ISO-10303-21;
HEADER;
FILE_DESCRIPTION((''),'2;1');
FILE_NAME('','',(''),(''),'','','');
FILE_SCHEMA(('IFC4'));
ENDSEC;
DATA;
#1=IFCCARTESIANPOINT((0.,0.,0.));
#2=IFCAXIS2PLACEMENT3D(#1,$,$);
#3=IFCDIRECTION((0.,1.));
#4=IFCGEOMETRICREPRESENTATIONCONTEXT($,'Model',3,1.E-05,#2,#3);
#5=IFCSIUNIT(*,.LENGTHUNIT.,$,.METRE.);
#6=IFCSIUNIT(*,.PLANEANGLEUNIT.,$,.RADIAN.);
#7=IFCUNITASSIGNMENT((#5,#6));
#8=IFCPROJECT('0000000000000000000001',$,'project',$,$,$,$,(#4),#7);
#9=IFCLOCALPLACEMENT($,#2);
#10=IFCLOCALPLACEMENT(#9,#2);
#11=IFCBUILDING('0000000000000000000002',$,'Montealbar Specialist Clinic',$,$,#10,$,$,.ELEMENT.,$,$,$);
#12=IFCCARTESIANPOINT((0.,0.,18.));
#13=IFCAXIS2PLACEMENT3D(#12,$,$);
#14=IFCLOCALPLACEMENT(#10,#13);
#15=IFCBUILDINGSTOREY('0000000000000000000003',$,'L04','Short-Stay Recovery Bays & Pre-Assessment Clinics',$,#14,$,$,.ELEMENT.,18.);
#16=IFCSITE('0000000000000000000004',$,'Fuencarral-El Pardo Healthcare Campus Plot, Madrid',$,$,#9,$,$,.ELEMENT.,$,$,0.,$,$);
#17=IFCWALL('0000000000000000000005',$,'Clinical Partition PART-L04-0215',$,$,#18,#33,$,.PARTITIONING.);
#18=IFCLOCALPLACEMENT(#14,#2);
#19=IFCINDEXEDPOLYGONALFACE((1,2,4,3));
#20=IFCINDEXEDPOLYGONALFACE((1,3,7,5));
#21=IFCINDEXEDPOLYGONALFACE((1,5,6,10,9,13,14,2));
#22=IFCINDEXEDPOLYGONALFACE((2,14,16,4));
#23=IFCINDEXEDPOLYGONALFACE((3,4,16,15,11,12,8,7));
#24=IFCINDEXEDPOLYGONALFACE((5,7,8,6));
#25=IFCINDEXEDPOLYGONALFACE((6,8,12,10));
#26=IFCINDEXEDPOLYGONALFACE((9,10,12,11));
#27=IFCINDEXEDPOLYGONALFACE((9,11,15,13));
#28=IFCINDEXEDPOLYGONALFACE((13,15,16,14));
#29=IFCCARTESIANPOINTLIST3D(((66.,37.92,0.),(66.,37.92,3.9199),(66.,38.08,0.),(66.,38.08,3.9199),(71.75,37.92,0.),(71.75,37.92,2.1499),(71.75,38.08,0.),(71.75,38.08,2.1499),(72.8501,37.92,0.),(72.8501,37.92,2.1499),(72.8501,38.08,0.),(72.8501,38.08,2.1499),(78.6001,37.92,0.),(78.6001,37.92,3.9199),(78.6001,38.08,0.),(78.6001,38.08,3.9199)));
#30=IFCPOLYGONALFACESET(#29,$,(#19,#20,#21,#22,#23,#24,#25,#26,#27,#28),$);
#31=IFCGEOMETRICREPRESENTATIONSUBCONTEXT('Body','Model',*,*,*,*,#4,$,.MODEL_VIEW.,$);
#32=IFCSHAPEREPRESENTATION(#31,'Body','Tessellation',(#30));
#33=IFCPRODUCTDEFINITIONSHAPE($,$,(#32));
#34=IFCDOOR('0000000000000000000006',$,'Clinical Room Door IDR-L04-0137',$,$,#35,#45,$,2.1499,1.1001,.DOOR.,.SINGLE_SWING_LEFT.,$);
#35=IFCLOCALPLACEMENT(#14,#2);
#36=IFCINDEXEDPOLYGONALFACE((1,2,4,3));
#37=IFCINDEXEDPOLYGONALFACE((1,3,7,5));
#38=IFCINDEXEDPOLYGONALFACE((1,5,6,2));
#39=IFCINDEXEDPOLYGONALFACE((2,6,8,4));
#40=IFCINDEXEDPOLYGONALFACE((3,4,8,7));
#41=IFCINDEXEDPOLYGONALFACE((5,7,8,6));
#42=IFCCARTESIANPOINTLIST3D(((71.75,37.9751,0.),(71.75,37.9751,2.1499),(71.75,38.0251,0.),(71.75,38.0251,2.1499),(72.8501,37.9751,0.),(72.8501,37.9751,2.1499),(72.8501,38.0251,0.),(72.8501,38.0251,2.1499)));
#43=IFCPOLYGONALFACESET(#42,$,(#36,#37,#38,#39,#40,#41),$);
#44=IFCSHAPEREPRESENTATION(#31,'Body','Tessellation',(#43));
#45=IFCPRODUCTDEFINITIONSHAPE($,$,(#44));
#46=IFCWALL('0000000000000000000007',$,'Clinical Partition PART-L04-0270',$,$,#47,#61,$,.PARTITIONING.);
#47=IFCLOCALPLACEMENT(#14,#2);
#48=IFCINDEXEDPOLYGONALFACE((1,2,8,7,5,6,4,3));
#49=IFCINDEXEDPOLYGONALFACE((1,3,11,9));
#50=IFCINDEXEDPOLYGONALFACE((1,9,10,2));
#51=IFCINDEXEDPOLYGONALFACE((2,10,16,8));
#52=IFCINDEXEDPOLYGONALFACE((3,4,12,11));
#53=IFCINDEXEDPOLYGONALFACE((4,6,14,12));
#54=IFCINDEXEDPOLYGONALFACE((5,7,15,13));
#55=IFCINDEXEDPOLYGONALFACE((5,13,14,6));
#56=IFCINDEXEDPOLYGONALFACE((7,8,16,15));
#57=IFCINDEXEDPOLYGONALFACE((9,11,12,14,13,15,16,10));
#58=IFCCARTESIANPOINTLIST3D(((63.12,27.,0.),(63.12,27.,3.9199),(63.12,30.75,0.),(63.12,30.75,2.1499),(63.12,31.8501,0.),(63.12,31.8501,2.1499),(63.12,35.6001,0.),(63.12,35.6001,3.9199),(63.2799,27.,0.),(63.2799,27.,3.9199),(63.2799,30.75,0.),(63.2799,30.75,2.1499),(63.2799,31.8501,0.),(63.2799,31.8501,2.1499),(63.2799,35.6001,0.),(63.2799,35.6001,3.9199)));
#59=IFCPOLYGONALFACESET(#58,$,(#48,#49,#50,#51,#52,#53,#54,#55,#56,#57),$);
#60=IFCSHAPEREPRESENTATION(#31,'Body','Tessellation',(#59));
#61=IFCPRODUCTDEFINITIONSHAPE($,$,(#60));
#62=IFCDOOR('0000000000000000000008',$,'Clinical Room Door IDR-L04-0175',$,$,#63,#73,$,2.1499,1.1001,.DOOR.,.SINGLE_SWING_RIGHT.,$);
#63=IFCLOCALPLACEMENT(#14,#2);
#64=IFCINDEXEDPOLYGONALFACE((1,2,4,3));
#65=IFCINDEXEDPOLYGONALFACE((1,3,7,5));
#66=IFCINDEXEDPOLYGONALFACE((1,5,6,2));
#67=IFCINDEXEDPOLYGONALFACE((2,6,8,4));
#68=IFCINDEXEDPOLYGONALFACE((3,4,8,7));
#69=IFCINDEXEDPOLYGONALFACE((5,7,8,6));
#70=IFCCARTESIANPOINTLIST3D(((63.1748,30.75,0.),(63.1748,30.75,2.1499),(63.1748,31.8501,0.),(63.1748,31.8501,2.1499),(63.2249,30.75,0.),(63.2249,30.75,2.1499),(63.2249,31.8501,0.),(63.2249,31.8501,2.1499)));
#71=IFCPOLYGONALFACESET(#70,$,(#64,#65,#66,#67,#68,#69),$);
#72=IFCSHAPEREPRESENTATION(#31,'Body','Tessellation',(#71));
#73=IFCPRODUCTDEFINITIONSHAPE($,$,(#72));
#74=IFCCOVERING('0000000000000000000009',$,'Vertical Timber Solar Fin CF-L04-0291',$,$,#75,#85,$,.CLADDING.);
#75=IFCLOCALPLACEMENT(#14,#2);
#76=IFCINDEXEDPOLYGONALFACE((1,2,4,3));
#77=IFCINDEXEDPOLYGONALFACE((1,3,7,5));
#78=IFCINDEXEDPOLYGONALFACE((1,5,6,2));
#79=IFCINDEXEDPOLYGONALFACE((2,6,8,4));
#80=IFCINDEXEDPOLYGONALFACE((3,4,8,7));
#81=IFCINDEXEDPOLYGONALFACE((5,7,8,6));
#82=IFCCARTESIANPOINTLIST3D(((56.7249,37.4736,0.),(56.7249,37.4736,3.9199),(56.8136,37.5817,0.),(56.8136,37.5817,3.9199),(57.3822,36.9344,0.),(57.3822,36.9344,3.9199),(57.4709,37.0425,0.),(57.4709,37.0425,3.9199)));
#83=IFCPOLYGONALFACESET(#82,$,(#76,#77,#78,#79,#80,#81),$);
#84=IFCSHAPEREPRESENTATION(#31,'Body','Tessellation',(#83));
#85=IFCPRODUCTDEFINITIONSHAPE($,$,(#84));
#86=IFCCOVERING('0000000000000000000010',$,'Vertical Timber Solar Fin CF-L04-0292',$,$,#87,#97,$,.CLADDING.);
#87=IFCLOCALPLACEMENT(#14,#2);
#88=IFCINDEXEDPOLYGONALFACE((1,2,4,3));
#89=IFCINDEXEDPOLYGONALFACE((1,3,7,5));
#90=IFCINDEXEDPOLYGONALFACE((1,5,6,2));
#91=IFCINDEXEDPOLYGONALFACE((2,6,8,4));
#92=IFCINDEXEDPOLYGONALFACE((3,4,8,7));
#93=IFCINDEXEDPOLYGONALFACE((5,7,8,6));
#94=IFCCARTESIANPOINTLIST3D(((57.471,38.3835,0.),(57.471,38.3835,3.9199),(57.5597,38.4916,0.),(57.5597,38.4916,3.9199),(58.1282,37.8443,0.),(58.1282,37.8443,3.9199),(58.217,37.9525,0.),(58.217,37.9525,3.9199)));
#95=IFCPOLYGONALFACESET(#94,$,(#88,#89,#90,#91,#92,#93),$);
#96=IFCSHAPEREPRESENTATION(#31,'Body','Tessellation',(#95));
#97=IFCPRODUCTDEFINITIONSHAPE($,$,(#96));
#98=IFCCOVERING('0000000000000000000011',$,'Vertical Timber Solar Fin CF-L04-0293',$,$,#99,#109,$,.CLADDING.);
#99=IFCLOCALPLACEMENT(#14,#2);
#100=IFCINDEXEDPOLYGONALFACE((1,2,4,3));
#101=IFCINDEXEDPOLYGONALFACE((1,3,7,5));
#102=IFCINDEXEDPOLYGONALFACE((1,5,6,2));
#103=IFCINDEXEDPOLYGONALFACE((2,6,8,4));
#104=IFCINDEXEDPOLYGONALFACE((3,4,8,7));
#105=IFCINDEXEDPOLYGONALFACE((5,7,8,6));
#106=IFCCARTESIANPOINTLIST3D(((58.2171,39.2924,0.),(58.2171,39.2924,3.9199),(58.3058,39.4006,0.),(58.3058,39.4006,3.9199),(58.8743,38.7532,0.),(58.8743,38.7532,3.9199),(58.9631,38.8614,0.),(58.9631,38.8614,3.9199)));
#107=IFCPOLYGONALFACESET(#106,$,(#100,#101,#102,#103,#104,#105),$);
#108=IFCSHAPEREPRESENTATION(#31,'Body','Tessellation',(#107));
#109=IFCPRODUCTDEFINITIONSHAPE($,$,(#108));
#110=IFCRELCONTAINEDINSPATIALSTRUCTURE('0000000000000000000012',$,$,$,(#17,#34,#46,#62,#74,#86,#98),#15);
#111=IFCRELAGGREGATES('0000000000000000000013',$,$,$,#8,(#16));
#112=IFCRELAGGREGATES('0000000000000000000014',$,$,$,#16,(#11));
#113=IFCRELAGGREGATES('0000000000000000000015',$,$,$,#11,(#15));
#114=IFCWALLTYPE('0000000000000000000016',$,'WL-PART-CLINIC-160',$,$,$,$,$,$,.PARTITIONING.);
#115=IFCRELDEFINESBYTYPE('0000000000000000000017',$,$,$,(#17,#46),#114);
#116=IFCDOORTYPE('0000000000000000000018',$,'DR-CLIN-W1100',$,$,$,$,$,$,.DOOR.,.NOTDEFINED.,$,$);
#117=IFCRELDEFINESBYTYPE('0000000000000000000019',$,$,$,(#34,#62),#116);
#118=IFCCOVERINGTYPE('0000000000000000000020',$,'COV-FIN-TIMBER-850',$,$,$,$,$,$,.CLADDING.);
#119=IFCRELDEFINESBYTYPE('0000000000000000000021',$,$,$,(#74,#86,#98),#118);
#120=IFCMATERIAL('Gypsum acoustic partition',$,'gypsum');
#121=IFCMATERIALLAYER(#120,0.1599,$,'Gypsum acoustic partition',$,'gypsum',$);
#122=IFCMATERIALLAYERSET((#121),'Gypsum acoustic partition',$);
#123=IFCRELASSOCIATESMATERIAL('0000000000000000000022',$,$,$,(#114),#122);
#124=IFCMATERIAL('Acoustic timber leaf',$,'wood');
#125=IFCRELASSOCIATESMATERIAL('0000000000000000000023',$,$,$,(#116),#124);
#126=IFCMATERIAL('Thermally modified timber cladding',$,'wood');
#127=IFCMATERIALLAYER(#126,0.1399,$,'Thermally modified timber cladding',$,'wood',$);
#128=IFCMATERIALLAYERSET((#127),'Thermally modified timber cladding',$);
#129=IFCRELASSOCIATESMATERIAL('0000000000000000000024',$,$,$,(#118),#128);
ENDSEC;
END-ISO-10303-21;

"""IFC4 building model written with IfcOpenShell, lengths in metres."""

from ifc_helpers import new_model, si_unit, direction, frame, frame_2d, origin, origin_2d, place, context, subcontext, project, spatial, rectangle, extrude, material, layer, layer_set, type_object, element, fill, save


model = new_model("IFC4")

# Units and contexts
model_context = context("Model", 3, precision=1e-05, world=origin(), true_north=direction((0.0, 1.0)))
body_context = subcontext(model_context, "Body", "Model", "MODEL_VIEW")
ifc_project = project(units=[si_unit("LENGTHUNIT", "METRE"), si_unit("PLANEANGLEUNIT", "RADIAN")], contexts=[model_context])

# Site, building, storey
site_placement = place(None, origin())
site = spatial("IfcSite", under=ifc_project, at=site_placement, Name="Fuencarral-El Pardo Healthcare Campus Plot, Madrid", CompositionType="ELEMENT", RefElevation=0.0)
building_placement = place(site_placement, origin())
building = spatial("IfcBuilding", under=site, at=building_placement, Name="Montealbar Specialist Clinic", CompositionType="ELEMENT")
storey_placement = place(building_placement, frame((0.0, 0.0, 18.0)))
storey = spatial("IfcBuildingStorey", under=building, at=storey_placement, Name="L04", Description="Short-Stay Recovery Bays & Pre-Assessment Clinics", CompositionType="ELEMENT", Elevation=18.0)

# Walls, openings, doors
ifc_material_1 = material(Name="Gypsum acoustic partition", Category="gypsum")
ifc_layer_1 = layer(ifc_material_1, 0.1599, Name="Gypsum acoustic partition", Category="gypsum")
ifc_layer_set_1 = layer_set([ifc_layer_1], Name="Gypsum acoustic partition")
wall_type_1 = type_object("IfcWallType", Name="WL-PART-CLINIC-160", PredefinedType="PARTITIONING", material=ifc_layer_set_1)
wall_1_placement = place(storey_placement, frame((66.0, 38.0, 0.0), z_axis=(0.0, 0.0, 1.0), x_axis=(1.0, 0.0, 0.0)))
wall_1 = element("IfcWall", 1, at=wall_1_placement, inside=storey, type_object=wall_type_1, Name="Clinical Partition PART-L04-0215", PredefinedType="PARTITIONING", context=body_context, shape_type="SweptSolid", body=[
    extrude(rectangle(XDim=12.6001, YDim=0.1599, at=frame_2d((6.3, 0.0))), origin(), (0.0, 0.0, 1.0), 3.9199),
])
opening_1_placement = place(wall_1_placement, frame((5.75, 0.0, 0.0)))
opening_1 = element("IfcOpeningElement", 2, at=opening_1_placement, cuts=wall_1, PredefinedType="OPENING", context=body_context, shape_type="SweptSolid", body=[
    extrude(rectangle(XDim=1.1001, YDim=2.1499, at=frame_2d((0.55, 1.075))), frame((0.0, 0.0898, 0.0), z_axis=(0.0, -1.0, 0.0), x_axis=(1.0, 0.0, 0.0)), (0.0, 0.0, 1.0), 0.1799),
])
ifc_material_2 = material(Name="Acoustic timber leaf", Category="wood")
door_type_1 = type_object("IfcDoorType", Name="DR-CLIN-W1100", OperationType="NOTDEFINED", PredefinedType="DOOR", material=ifc_material_2)
door_1_placement = place(opening_1_placement, frame((1.1001, 0.0, 0.0), z_axis=(0.0, 0.0, 1.0), x_axis=(-1.0, 0.0, 0.0)))
door_1 = element("IfcDoor", 3, at=door_1_placement, inside=storey, type_object=door_type_1, Name="Clinical Room Door IDR-L04-0137", OperationType="SINGLE_SWING_LEFT", OverallHeight=2.1499, OverallWidth=1.1001, PredefinedType="DOOR", context=body_context, shape_type="SweptSolid", body=[
    extrude(rectangle(XDim=1.1001, YDim=2.1499, at=frame_2d((0.55, 1.075))), frame((0.0, 0.0249, 0.0), z_axis=(0.0, -1.0, 0.0), x_axis=(1.0, 0.0, 0.0)), (0.0, 0.0, 1.0), 0.05),
])
fill(opening_1, door_1)
wall_2_placement = place(storey_placement, frame((63.2, 27.0, 0.0), z_axis=(0.0, 0.0, 1.0), x_axis=(0.0, 1.0, 0.0)))
wall_2 = element("IfcWall", 4, at=wall_2_placement, inside=storey, type_object=wall_type_1, Name="Clinical Partition PART-L04-0270", PredefinedType="PARTITIONING", context=body_context, shape_type="SweptSolid", body=[
    extrude(rectangle(XDim=8.6001, YDim=0.1599, at=frame_2d((4.3, 0.0))), origin(), (0.0, 0.0, 1.0), 3.9199),
])
opening_2_placement = place(wall_2_placement, frame((3.75, 0.0, 0.0)))
opening_2 = element("IfcOpeningElement", 5, at=opening_2_placement, cuts=wall_2, PredefinedType="OPENING", context=body_context, shape_type="SweptSolid", body=[
    extrude(rectangle(XDim=1.1001, YDim=2.1499, at=frame_2d((0.55, 1.075))), frame((0.0, 0.0898, 0.0), z_axis=(0.0, -1.0, 0.0), x_axis=(1.0, 0.0, 0.0)), (0.0, 0.0, 1.0), 0.1799),
])
door_2_placement = place(opening_2_placement, frame((1.1001, 0.0, 0.0), z_axis=(0.0, 0.0, 1.0), x_axis=(-1.0, 0.0, 0.0)))
door_2 = element("IfcDoor", 6, at=door_2_placement, inside=storey, type_object=door_type_1, Name="Clinical Room Door IDR-L04-0175", OperationType="SINGLE_SWING_RIGHT", OverallHeight=2.1499, OverallWidth=1.1001, PredefinedType="DOOR", context=body_context, shape_type="SweptSolid", body=[
    extrude(rectangle(XDim=1.1001, YDim=2.1499, at=frame_2d((0.55, 1.075))), frame((0.0, 0.0249, 0.0), z_axis=(0.0, -1.0, 0.0), x_axis=(1.0, 0.0, 0.0)), (0.0, 0.0, 1.0), 0.05),
])
fill(opening_2, door_2)

# Coverings
ifc_material_3 = material(Name="Thermally modified timber cladding", Category="wood")
ifc_layer_2 = layer(ifc_material_3, 0.1399, Name="Thermally modified timber cladding", Category="wood")
ifc_layer_set_2 = layer_set([ifc_layer_2], Name="Thermally modified timber cladding")
covering_type = type_object("IfcCoveringType", Name="COV-FIN-TIMBER-850", PredefinedType="CLADDING", material=ifc_layer_set_2)
for number, where, z_axis, x_axis, name in (
    (7, (57.0979, 37.2581, 0.0), (0.0, 0.0, 1.0), (-0.773123, 0.634256, 0.0), "Vertical Timber Solar Fin CF-L04-0291"),
    (8, (57.844, 38.168, 0.0), (0.0, 0.0, 1.0), (-0.773123, 0.634256, 0.0), "Vertical Timber Solar Fin CF-L04-0292"),
    (9, (58.5901, 39.0769, 0.0), (0.0, 0.0, 1.0), (-0.773123, 0.634256, 0.0), "Vertical Timber Solar Fin CF-L04-0293"),
):
    element("IfcCovering", number, at=place(storey_placement, frame(where, z_axis=z_axis, x_axis=x_axis)), inside=storey, type_object=covering_type, Name=name, PredefinedType="CLADDING", context=body_context, shape_type="SweptSolid", body=[
        extrude(rectangle(XDim=0.8501, YDim=0.1399, at=origin_2d()), origin(), (0.0, 0.0, 1.0), 3.9199),
    ])

save(model, "model.ifc")
